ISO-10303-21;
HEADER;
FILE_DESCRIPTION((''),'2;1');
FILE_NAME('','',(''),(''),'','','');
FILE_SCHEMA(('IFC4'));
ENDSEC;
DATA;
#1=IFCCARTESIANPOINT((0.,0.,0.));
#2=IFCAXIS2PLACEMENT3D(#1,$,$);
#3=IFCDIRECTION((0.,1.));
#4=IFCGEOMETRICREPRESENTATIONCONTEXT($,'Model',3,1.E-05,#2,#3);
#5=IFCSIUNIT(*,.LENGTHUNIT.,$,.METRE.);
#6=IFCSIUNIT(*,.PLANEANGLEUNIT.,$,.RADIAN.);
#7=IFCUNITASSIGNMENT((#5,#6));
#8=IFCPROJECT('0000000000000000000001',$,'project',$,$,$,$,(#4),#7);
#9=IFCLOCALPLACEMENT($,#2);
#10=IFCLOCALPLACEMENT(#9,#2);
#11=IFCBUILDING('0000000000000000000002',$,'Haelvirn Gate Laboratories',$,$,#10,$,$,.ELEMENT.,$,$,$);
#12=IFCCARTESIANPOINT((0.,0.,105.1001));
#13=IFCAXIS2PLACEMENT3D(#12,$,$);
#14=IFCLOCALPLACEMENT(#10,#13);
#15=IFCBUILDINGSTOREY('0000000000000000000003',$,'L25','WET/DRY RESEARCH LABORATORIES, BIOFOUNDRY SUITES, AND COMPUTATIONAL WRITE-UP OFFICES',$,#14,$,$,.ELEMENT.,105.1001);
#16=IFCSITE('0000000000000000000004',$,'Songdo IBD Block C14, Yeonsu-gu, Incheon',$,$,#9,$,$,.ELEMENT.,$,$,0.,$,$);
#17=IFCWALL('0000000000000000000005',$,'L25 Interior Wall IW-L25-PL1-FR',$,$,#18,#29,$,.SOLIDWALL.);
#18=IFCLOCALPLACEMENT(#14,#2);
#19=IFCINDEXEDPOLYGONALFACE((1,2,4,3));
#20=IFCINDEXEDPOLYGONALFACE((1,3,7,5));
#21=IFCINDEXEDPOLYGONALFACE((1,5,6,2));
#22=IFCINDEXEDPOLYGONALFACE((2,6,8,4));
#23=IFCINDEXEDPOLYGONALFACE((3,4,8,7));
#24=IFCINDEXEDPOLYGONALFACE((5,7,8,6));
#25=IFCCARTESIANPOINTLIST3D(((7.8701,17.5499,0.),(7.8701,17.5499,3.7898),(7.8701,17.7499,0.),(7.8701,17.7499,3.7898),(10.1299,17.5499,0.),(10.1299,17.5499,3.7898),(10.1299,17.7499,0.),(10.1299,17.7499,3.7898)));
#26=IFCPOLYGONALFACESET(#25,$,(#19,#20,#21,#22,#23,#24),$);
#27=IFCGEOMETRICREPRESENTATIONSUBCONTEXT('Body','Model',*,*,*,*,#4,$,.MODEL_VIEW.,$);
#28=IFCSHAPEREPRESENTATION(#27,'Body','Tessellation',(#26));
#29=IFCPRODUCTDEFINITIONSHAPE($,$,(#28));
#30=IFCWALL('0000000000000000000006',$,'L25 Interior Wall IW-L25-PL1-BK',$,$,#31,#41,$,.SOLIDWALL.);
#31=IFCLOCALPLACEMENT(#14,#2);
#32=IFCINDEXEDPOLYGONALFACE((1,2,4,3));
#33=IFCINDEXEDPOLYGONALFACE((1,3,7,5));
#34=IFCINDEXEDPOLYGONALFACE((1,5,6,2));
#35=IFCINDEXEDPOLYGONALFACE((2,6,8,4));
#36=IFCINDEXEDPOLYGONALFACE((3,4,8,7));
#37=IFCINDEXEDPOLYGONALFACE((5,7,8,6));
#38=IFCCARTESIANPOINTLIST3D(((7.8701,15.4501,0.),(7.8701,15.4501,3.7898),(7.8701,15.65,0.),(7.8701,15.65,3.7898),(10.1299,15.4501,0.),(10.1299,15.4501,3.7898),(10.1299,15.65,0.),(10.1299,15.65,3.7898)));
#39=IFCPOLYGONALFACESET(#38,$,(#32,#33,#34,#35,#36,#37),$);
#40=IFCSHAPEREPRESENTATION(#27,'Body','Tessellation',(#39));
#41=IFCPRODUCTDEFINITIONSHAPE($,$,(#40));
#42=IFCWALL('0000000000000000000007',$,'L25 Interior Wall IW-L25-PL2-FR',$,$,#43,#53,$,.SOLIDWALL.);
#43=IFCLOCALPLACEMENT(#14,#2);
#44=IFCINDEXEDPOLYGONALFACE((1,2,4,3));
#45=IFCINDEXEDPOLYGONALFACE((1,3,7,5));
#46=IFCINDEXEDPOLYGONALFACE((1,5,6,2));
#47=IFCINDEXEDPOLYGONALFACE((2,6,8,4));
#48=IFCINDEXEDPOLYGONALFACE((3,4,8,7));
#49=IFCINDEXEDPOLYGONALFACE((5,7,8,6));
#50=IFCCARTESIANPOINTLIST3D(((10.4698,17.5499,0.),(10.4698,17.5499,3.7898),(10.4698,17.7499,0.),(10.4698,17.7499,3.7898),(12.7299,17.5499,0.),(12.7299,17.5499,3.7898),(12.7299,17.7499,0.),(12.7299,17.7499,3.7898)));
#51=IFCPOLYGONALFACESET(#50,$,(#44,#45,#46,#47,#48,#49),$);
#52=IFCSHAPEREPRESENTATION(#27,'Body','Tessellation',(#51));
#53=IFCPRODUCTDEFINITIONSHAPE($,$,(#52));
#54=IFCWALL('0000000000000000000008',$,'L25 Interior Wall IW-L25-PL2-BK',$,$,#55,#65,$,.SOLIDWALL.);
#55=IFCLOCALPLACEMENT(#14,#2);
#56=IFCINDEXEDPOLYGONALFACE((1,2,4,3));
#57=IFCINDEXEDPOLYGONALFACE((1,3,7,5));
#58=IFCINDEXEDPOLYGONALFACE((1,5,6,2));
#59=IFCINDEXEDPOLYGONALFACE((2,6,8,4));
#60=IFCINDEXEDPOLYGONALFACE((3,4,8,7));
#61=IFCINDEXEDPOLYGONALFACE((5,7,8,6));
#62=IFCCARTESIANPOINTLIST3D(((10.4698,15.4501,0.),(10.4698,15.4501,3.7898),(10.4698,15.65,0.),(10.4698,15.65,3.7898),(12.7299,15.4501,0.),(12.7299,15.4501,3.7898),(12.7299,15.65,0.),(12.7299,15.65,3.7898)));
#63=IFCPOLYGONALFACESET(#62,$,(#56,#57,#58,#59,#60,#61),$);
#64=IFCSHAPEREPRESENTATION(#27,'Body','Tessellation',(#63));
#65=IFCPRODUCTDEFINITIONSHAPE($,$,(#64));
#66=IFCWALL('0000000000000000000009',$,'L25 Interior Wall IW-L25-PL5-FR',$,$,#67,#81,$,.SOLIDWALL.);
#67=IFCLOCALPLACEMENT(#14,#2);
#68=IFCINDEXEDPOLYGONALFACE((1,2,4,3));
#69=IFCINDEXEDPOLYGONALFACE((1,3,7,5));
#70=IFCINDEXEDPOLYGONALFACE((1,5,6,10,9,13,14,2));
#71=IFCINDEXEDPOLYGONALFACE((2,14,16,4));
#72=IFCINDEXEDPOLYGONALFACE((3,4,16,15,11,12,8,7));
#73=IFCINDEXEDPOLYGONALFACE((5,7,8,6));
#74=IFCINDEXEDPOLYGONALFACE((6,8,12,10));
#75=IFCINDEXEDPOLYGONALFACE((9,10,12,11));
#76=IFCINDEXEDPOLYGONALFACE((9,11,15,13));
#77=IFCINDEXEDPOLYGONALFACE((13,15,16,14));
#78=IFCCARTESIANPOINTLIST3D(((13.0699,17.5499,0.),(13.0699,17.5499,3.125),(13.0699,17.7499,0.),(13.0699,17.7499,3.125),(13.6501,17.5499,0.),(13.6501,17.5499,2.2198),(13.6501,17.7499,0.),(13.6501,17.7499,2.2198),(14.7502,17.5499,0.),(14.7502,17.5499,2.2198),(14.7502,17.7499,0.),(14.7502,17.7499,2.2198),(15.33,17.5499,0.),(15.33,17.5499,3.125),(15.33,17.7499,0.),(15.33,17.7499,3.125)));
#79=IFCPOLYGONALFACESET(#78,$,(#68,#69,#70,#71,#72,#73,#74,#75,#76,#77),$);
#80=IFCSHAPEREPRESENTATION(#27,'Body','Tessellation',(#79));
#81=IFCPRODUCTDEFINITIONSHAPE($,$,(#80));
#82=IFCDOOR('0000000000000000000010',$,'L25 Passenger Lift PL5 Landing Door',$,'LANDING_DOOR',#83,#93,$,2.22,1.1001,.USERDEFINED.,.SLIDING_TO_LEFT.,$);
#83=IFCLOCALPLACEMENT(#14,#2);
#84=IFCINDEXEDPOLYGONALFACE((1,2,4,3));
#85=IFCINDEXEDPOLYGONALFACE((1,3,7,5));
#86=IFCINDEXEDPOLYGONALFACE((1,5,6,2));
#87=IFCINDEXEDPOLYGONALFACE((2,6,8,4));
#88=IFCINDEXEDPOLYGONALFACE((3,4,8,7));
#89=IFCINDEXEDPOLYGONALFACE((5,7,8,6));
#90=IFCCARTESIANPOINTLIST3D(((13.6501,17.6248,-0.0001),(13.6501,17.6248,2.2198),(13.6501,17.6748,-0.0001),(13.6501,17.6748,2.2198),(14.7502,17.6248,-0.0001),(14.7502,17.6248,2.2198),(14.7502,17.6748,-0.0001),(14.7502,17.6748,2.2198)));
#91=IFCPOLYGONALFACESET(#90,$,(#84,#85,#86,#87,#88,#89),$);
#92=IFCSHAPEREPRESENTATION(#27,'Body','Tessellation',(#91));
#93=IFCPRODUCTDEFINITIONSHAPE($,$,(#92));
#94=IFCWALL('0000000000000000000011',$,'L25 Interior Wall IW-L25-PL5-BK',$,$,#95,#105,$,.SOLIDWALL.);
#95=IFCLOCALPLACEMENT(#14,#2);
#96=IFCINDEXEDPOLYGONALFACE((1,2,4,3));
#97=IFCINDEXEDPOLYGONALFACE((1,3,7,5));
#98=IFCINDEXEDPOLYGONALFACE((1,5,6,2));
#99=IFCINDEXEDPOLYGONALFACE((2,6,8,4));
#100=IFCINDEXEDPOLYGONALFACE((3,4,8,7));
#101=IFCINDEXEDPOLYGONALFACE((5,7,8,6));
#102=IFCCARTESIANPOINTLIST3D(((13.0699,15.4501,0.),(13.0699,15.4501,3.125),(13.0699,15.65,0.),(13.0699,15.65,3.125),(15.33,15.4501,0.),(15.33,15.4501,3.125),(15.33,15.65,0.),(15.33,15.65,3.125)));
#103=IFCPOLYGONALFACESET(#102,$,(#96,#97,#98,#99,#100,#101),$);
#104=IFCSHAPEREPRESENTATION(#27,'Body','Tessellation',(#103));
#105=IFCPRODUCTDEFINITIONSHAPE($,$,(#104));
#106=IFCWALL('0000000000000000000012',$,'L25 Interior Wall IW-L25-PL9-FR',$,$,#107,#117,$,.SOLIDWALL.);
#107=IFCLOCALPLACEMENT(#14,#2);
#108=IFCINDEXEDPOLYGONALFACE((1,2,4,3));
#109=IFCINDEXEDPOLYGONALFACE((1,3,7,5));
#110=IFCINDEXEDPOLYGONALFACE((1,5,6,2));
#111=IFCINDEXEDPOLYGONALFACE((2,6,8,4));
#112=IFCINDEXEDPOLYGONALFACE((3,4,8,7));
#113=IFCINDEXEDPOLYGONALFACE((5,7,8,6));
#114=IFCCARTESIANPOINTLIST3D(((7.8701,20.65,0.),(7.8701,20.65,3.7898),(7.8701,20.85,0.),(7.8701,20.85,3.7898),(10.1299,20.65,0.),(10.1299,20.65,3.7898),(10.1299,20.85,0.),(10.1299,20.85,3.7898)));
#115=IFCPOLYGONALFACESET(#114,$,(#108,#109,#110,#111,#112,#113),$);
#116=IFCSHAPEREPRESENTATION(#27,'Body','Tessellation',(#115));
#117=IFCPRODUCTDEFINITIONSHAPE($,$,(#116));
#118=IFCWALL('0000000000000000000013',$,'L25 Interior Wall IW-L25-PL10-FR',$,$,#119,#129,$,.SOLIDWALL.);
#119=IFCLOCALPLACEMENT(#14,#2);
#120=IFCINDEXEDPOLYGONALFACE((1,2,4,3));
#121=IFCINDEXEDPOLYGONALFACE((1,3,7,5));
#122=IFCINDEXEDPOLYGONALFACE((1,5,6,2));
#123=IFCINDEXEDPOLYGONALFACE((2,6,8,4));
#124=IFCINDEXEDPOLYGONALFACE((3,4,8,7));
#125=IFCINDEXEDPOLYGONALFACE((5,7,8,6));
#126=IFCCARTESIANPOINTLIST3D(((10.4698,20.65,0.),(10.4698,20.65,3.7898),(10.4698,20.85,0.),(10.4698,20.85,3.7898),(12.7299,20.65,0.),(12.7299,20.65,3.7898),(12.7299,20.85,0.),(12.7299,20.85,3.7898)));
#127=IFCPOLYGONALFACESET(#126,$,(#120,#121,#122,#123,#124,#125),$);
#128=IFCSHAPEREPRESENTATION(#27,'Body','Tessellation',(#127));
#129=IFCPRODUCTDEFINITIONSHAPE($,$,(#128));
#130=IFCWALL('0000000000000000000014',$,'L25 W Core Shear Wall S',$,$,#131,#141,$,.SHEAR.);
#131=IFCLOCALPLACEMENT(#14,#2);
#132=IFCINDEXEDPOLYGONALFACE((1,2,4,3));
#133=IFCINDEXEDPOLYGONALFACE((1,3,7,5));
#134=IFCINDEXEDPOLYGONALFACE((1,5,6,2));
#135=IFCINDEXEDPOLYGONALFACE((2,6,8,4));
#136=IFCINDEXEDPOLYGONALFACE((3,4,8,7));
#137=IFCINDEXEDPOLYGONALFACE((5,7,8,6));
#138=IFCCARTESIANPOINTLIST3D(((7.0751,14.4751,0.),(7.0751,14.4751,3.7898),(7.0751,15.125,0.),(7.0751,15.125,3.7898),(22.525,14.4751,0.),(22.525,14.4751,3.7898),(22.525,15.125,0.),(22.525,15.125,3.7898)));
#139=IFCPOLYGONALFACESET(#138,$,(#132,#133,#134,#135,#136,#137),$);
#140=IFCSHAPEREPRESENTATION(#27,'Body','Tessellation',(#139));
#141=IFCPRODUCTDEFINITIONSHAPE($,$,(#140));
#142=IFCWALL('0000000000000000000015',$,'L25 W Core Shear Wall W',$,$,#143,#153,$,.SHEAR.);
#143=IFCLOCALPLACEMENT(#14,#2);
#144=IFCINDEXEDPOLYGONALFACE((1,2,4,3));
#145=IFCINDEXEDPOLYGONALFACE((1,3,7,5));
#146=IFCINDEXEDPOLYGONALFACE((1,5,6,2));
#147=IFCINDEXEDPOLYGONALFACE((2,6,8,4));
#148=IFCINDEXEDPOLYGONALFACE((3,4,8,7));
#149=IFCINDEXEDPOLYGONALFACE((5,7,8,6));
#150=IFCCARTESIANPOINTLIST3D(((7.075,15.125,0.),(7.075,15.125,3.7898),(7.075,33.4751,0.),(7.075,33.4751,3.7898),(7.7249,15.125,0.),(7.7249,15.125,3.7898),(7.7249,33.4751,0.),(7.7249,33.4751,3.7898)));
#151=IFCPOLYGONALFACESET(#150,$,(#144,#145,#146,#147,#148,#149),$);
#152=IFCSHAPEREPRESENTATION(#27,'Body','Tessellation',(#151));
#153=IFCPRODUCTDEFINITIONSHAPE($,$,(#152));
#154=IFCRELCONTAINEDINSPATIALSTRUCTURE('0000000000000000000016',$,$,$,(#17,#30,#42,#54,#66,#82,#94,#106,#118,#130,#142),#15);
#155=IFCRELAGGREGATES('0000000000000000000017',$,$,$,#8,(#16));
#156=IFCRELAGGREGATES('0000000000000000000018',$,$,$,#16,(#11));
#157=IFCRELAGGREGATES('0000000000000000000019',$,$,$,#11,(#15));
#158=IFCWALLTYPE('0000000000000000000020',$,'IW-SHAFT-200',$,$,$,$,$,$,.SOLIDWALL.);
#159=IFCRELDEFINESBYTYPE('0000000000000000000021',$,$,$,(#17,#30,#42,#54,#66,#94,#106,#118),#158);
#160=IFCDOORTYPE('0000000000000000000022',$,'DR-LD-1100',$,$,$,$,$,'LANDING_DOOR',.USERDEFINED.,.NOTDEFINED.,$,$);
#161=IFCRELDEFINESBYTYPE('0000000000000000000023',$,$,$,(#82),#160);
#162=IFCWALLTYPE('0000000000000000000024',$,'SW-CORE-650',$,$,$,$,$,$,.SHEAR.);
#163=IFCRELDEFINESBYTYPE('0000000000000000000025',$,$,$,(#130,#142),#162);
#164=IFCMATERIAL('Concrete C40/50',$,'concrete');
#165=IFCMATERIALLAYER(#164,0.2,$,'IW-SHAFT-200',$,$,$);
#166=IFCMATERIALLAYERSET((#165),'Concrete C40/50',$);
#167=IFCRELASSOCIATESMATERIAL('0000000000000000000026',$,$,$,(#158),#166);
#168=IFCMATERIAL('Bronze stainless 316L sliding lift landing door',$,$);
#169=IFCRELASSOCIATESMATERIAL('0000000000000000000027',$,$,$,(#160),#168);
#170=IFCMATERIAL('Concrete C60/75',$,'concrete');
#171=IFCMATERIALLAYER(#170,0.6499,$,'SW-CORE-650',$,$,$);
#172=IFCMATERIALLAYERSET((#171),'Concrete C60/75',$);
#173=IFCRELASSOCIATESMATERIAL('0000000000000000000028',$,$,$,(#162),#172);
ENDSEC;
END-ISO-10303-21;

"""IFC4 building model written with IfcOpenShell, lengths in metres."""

from ifc_helpers import new_model, si_unit, direction, frame, frame_2d, origin, place, context, subcontext, project, spatial, rectangle, extrude, source, transform, mapped, material, layer, layer_set, type_object, type_shapes, element, fill, save


model = new_model("IFC4")

# Units and contexts
model_context = context("Model", 3, precision=1e-05, world=origin(), true_north=direction((0.0, 1.0)))
body_context = subcontext(model_context, "Body", "Model", "MODEL_VIEW")
ifc_project = project(units=[si_unit("LENGTHUNIT", "METRE"), si_unit("PLANEANGLEUNIT", "RADIAN")], contexts=[model_context])

# Site, building, storey
site_placement = place(None, origin())
site = spatial("IfcSite", under=ifc_project, at=site_placement, Name="Songdo IBD Block C14, Yeonsu-gu, Incheon", CompositionType="ELEMENT", RefElevation=0.0)
building_placement = place(site_placement, origin())
building = spatial("IfcBuilding", under=site, at=building_placement, Name="Haelvirn Gate Laboratories", CompositionType="ELEMENT")
storey_placement = place(building_placement, frame((0.0, 0.0, 105.1001)))
storey = spatial("IfcBuildingStorey", under=building, at=storey_placement, Name="L25", Description="WET/DRY RESEARCH LABORATORIES, BIOFOUNDRY SUITES, AND COMPUTATIONAL WRITE-UP OFFICES", CompositionType="ELEMENT", Elevation=105.1001)

# Shared definitions
ifc_material_1 = material(Name="Concrete C60/75", Category="concrete")

# Walls
ifc_material_2 = material(Name="Concrete C40/50", Category="concrete")
ifc_layer_1 = layer(ifc_material_2, 0.2, Name="IW-SHAFT-200")
ifc_layer_set_1 = layer_set([ifc_layer_1], Name="Concrete C40/50")
wall_type_1 = type_object("IfcWallType", Name="IW-SHAFT-200", PredefinedType="SOLIDWALL", material=ifc_layer_set_1)
for number, where, z_axis, x_axis, name in (
    (1, (7.8701, 17.6499, 0.0), (0.0, 0.0, 1.0), (1.0, 0.0, 0.0), "L25 Interior Wall IW-L25-PL1-FR"),
    (2, (7.8701, 15.55, 0.0), (0.0, 0.0, 1.0), (1.0, 0.0, 0.0), "L25 Interior Wall IW-L25-PL1-BK"),
):
    element("IfcWall", number, at=place(storey_placement, frame(where, z_axis=z_axis, x_axis=x_axis)), inside=storey, type_object=wall_type_1, Name=name, PredefinedType="SOLIDWALL", context=body_context, shape_type="SweptSolid", body=[
        extrude(rectangle(XDim=2.2598, YDim=0.2, at=frame_2d((1.1299, 0.0))), origin(), (0.0, 0.0, 1.0), 3.7898),
    ])
for number, where, z_axis, x_axis, name in (
    (3, (10.47, 17.6499, 0.0), (0.0, 0.0, 1.0), (1.0, 0.0, 0.0), "L25 Interior Wall IW-L25-PL2-FR"),
    (4, (10.47, 15.55, 0.0), (0.0, 0.0, 1.0), (1.0, 0.0, 0.0), "L25 Interior Wall IW-L25-PL2-BK"),
):
    element("IfcWall", number, at=place(storey_placement, frame(where, z_axis=z_axis, x_axis=x_axis)), inside=storey, type_object=wall_type_1, Name=name, PredefinedType="SOLIDWALL", context=body_context, shape_type="SweptSolid", body=[
        extrude(rectangle(XDim=2.26, YDim=0.2, at=frame_2d((1.1299, 0.0))), origin(), (0.0, 0.0, 1.0), 3.7898),
    ])

# Wall, opening, door
wall_1_placement = place(storey_placement, frame((13.0701, 17.6499, 0.0), z_axis=(0.0, 0.0, 1.0), x_axis=(1.0, 0.0, 0.0)))
wall_1 = element("IfcWall", 5, at=wall_1_placement, inside=storey, type_object=wall_type_1, Name="L25 Interior Wall IW-L25-PL5-FR", PredefinedType="SOLIDWALL", context=body_context, shape_type="SweptSolid", body=[
    extrude(rectangle(XDim=2.26, YDim=0.2, at=frame_2d((1.1299, 0.0))), origin(), (0.0, 0.0, 1.0), 3.125),
])
opening_1_placement = place(wall_1_placement, frame((0.5801, 0.0, 0.0)))
opening_1 = element("IfcOpeningElement", 6, at=opening_1_placement, cuts=wall_1, PredefinedType="OPENING", context=body_context, shape_type="SweptSolid", body=[
    extrude(rectangle(XDim=1.1001, YDim=2.22, at=frame_2d((0.55, 1.1099))), frame((0.0, 0.1099, 0.0), z_axis=(0.0, -1.0, 0.0), x_axis=(1.0, 0.0, 0.0)), (0.0, 0.0, 1.0), 0.22),
])
ifc_material_3 = material(Name="Bronze stainless 316L sliding lift landing door")
door_type_1 = type_object("IfcDoorType", Name="DR-LD-1100", ElementType="LANDING_DOOR", OperationType="NOTDEFINED", PredefinedType="USERDEFINED", material=ifc_material_3)
shared_shape_1 = source(origin(), body_context, "Body", "SweptSolid", [
    extrude(rectangle(XDim=1.1001, YDim=2.22, at=frame_2d((0.55, 1.1099))), frame((0.0, 0.0249, 0.0), z_axis=(0.0, -1.0, 0.0), x_axis=(1.0, 0.0, 0.0)), (0.0, 0.0, 1.0), 0.05),
])
type_shapes(door_type_1, [shared_shape_1])
door_1_placement = place(opening_1_placement, origin())
door_1 = element("IfcDoor", 7, at=door_1_placement, inside=storey, type_object=door_type_1, Name="L25 Passenger Lift PL5 Landing Door", ObjectType="LANDING_DOOR", OperationType="SLIDING_TO_LEFT", OverallHeight=2.22, OverallWidth=1.1001, PredefinedType="USERDEFINED", context=body_context, shape_type="MappedRepresentation", body=[
    mapped(shared_shape_1, transform((0.0, 0.0, 0.0), scale=1.0)),
])
fill(opening_1, door_1)

# Walls
wall_2_placement = place(storey_placement, frame((13.0701, 15.55, 0.0), z_axis=(0.0, 0.0, 1.0), x_axis=(1.0, 0.0, 0.0)))
element("IfcWall", 8, at=wall_2_placement, inside=storey, type_object=wall_type_1, Name="L25 Interior Wall IW-L25-PL5-BK", PredefinedType="SOLIDWALL", context=body_context, shape_type="SweptSolid", body=[
    extrude(rectangle(XDim=2.26, YDim=0.2, at=frame_2d((1.1299, 0.0))), origin(), (0.0, 0.0, 1.0), 3.125),
])
wall_3_placement = place(storey_placement, frame((7.8701, 20.75, 0.0), z_axis=(0.0, 0.0, 1.0), x_axis=(1.0, 0.0, 0.0)))
element("IfcWall", 9, at=wall_3_placement, inside=storey, type_object=wall_type_1, Name="L25 Interior Wall IW-L25-PL9-FR", PredefinedType="SOLIDWALL", context=body_context, shape_type="SweptSolid", body=[
    extrude(rectangle(XDim=2.2598, YDim=0.2, at=frame_2d((1.1299, 0.0))), origin(), (0.0, 0.0, 1.0), 3.7898),
])
wall_4_placement = place(storey_placement, frame((10.47, 20.75, 0.0), z_axis=(0.0, 0.0, 1.0), x_axis=(1.0, 0.0, 0.0)))
element("IfcWall", 10, at=wall_4_placement, inside=storey, type_object=wall_type_1, Name="L25 Interior Wall IW-L25-PL10-FR", PredefinedType="SOLIDWALL", context=body_context, shape_type="SweptSolid", body=[
    extrude(rectangle(XDim=2.26, YDim=0.2, at=frame_2d((1.1299, 0.0))), origin(), (0.0, 0.0, 1.0), 3.7898),
])
ifc_layer_2 = layer(ifc_material_1, 0.6499, Name="SW-CORE-650")
ifc_layer_set_2 = layer_set([ifc_layer_2], Name="Concrete C60/75")
wall_type_2 = type_object("IfcWallType", Name="SW-CORE-650", PredefinedType="SHEAR", material=ifc_layer_set_2)
wall_5_placement = place(storey_placement, frame((7.075, 14.8, 0.0), z_axis=(0.0, 0.0, 1.0), x_axis=(1.0, 0.0, 0.0)))
element("IfcWall", 11, at=wall_5_placement, inside=storey, type_object=wall_type_2, Name="L25 W Core Shear Wall S", PredefinedType="SHEAR", context=body_context, shape_type="SweptSolid", body=[
    extrude(rectangle(XDim=15.45, YDim=0.6499, at=frame_2d((7.7251, 0.0))), origin(), (0.0, 0.0, 1.0), 3.7898),
])
wall_6_placement = place(storey_placement, frame((7.3999, 15.125, 0.0), z_axis=(0.0, 0.0, 1.0), x_axis=(0.0, 1.0, 0.0)))
element("IfcWall", 12, at=wall_6_placement, inside=storey, type_object=wall_type_2, Name="L25 W Core Shear Wall W", PredefinedType="SHEAR", context=body_context, shape_type="SweptSolid", body=[
    extrude(rectangle(XDim=18.3501, YDim=0.6499, at=frame_2d((9.175, 0.0))), origin(), (0.0, 0.0, 1.0), 3.7898),
])

save(model, "model.ifc")
